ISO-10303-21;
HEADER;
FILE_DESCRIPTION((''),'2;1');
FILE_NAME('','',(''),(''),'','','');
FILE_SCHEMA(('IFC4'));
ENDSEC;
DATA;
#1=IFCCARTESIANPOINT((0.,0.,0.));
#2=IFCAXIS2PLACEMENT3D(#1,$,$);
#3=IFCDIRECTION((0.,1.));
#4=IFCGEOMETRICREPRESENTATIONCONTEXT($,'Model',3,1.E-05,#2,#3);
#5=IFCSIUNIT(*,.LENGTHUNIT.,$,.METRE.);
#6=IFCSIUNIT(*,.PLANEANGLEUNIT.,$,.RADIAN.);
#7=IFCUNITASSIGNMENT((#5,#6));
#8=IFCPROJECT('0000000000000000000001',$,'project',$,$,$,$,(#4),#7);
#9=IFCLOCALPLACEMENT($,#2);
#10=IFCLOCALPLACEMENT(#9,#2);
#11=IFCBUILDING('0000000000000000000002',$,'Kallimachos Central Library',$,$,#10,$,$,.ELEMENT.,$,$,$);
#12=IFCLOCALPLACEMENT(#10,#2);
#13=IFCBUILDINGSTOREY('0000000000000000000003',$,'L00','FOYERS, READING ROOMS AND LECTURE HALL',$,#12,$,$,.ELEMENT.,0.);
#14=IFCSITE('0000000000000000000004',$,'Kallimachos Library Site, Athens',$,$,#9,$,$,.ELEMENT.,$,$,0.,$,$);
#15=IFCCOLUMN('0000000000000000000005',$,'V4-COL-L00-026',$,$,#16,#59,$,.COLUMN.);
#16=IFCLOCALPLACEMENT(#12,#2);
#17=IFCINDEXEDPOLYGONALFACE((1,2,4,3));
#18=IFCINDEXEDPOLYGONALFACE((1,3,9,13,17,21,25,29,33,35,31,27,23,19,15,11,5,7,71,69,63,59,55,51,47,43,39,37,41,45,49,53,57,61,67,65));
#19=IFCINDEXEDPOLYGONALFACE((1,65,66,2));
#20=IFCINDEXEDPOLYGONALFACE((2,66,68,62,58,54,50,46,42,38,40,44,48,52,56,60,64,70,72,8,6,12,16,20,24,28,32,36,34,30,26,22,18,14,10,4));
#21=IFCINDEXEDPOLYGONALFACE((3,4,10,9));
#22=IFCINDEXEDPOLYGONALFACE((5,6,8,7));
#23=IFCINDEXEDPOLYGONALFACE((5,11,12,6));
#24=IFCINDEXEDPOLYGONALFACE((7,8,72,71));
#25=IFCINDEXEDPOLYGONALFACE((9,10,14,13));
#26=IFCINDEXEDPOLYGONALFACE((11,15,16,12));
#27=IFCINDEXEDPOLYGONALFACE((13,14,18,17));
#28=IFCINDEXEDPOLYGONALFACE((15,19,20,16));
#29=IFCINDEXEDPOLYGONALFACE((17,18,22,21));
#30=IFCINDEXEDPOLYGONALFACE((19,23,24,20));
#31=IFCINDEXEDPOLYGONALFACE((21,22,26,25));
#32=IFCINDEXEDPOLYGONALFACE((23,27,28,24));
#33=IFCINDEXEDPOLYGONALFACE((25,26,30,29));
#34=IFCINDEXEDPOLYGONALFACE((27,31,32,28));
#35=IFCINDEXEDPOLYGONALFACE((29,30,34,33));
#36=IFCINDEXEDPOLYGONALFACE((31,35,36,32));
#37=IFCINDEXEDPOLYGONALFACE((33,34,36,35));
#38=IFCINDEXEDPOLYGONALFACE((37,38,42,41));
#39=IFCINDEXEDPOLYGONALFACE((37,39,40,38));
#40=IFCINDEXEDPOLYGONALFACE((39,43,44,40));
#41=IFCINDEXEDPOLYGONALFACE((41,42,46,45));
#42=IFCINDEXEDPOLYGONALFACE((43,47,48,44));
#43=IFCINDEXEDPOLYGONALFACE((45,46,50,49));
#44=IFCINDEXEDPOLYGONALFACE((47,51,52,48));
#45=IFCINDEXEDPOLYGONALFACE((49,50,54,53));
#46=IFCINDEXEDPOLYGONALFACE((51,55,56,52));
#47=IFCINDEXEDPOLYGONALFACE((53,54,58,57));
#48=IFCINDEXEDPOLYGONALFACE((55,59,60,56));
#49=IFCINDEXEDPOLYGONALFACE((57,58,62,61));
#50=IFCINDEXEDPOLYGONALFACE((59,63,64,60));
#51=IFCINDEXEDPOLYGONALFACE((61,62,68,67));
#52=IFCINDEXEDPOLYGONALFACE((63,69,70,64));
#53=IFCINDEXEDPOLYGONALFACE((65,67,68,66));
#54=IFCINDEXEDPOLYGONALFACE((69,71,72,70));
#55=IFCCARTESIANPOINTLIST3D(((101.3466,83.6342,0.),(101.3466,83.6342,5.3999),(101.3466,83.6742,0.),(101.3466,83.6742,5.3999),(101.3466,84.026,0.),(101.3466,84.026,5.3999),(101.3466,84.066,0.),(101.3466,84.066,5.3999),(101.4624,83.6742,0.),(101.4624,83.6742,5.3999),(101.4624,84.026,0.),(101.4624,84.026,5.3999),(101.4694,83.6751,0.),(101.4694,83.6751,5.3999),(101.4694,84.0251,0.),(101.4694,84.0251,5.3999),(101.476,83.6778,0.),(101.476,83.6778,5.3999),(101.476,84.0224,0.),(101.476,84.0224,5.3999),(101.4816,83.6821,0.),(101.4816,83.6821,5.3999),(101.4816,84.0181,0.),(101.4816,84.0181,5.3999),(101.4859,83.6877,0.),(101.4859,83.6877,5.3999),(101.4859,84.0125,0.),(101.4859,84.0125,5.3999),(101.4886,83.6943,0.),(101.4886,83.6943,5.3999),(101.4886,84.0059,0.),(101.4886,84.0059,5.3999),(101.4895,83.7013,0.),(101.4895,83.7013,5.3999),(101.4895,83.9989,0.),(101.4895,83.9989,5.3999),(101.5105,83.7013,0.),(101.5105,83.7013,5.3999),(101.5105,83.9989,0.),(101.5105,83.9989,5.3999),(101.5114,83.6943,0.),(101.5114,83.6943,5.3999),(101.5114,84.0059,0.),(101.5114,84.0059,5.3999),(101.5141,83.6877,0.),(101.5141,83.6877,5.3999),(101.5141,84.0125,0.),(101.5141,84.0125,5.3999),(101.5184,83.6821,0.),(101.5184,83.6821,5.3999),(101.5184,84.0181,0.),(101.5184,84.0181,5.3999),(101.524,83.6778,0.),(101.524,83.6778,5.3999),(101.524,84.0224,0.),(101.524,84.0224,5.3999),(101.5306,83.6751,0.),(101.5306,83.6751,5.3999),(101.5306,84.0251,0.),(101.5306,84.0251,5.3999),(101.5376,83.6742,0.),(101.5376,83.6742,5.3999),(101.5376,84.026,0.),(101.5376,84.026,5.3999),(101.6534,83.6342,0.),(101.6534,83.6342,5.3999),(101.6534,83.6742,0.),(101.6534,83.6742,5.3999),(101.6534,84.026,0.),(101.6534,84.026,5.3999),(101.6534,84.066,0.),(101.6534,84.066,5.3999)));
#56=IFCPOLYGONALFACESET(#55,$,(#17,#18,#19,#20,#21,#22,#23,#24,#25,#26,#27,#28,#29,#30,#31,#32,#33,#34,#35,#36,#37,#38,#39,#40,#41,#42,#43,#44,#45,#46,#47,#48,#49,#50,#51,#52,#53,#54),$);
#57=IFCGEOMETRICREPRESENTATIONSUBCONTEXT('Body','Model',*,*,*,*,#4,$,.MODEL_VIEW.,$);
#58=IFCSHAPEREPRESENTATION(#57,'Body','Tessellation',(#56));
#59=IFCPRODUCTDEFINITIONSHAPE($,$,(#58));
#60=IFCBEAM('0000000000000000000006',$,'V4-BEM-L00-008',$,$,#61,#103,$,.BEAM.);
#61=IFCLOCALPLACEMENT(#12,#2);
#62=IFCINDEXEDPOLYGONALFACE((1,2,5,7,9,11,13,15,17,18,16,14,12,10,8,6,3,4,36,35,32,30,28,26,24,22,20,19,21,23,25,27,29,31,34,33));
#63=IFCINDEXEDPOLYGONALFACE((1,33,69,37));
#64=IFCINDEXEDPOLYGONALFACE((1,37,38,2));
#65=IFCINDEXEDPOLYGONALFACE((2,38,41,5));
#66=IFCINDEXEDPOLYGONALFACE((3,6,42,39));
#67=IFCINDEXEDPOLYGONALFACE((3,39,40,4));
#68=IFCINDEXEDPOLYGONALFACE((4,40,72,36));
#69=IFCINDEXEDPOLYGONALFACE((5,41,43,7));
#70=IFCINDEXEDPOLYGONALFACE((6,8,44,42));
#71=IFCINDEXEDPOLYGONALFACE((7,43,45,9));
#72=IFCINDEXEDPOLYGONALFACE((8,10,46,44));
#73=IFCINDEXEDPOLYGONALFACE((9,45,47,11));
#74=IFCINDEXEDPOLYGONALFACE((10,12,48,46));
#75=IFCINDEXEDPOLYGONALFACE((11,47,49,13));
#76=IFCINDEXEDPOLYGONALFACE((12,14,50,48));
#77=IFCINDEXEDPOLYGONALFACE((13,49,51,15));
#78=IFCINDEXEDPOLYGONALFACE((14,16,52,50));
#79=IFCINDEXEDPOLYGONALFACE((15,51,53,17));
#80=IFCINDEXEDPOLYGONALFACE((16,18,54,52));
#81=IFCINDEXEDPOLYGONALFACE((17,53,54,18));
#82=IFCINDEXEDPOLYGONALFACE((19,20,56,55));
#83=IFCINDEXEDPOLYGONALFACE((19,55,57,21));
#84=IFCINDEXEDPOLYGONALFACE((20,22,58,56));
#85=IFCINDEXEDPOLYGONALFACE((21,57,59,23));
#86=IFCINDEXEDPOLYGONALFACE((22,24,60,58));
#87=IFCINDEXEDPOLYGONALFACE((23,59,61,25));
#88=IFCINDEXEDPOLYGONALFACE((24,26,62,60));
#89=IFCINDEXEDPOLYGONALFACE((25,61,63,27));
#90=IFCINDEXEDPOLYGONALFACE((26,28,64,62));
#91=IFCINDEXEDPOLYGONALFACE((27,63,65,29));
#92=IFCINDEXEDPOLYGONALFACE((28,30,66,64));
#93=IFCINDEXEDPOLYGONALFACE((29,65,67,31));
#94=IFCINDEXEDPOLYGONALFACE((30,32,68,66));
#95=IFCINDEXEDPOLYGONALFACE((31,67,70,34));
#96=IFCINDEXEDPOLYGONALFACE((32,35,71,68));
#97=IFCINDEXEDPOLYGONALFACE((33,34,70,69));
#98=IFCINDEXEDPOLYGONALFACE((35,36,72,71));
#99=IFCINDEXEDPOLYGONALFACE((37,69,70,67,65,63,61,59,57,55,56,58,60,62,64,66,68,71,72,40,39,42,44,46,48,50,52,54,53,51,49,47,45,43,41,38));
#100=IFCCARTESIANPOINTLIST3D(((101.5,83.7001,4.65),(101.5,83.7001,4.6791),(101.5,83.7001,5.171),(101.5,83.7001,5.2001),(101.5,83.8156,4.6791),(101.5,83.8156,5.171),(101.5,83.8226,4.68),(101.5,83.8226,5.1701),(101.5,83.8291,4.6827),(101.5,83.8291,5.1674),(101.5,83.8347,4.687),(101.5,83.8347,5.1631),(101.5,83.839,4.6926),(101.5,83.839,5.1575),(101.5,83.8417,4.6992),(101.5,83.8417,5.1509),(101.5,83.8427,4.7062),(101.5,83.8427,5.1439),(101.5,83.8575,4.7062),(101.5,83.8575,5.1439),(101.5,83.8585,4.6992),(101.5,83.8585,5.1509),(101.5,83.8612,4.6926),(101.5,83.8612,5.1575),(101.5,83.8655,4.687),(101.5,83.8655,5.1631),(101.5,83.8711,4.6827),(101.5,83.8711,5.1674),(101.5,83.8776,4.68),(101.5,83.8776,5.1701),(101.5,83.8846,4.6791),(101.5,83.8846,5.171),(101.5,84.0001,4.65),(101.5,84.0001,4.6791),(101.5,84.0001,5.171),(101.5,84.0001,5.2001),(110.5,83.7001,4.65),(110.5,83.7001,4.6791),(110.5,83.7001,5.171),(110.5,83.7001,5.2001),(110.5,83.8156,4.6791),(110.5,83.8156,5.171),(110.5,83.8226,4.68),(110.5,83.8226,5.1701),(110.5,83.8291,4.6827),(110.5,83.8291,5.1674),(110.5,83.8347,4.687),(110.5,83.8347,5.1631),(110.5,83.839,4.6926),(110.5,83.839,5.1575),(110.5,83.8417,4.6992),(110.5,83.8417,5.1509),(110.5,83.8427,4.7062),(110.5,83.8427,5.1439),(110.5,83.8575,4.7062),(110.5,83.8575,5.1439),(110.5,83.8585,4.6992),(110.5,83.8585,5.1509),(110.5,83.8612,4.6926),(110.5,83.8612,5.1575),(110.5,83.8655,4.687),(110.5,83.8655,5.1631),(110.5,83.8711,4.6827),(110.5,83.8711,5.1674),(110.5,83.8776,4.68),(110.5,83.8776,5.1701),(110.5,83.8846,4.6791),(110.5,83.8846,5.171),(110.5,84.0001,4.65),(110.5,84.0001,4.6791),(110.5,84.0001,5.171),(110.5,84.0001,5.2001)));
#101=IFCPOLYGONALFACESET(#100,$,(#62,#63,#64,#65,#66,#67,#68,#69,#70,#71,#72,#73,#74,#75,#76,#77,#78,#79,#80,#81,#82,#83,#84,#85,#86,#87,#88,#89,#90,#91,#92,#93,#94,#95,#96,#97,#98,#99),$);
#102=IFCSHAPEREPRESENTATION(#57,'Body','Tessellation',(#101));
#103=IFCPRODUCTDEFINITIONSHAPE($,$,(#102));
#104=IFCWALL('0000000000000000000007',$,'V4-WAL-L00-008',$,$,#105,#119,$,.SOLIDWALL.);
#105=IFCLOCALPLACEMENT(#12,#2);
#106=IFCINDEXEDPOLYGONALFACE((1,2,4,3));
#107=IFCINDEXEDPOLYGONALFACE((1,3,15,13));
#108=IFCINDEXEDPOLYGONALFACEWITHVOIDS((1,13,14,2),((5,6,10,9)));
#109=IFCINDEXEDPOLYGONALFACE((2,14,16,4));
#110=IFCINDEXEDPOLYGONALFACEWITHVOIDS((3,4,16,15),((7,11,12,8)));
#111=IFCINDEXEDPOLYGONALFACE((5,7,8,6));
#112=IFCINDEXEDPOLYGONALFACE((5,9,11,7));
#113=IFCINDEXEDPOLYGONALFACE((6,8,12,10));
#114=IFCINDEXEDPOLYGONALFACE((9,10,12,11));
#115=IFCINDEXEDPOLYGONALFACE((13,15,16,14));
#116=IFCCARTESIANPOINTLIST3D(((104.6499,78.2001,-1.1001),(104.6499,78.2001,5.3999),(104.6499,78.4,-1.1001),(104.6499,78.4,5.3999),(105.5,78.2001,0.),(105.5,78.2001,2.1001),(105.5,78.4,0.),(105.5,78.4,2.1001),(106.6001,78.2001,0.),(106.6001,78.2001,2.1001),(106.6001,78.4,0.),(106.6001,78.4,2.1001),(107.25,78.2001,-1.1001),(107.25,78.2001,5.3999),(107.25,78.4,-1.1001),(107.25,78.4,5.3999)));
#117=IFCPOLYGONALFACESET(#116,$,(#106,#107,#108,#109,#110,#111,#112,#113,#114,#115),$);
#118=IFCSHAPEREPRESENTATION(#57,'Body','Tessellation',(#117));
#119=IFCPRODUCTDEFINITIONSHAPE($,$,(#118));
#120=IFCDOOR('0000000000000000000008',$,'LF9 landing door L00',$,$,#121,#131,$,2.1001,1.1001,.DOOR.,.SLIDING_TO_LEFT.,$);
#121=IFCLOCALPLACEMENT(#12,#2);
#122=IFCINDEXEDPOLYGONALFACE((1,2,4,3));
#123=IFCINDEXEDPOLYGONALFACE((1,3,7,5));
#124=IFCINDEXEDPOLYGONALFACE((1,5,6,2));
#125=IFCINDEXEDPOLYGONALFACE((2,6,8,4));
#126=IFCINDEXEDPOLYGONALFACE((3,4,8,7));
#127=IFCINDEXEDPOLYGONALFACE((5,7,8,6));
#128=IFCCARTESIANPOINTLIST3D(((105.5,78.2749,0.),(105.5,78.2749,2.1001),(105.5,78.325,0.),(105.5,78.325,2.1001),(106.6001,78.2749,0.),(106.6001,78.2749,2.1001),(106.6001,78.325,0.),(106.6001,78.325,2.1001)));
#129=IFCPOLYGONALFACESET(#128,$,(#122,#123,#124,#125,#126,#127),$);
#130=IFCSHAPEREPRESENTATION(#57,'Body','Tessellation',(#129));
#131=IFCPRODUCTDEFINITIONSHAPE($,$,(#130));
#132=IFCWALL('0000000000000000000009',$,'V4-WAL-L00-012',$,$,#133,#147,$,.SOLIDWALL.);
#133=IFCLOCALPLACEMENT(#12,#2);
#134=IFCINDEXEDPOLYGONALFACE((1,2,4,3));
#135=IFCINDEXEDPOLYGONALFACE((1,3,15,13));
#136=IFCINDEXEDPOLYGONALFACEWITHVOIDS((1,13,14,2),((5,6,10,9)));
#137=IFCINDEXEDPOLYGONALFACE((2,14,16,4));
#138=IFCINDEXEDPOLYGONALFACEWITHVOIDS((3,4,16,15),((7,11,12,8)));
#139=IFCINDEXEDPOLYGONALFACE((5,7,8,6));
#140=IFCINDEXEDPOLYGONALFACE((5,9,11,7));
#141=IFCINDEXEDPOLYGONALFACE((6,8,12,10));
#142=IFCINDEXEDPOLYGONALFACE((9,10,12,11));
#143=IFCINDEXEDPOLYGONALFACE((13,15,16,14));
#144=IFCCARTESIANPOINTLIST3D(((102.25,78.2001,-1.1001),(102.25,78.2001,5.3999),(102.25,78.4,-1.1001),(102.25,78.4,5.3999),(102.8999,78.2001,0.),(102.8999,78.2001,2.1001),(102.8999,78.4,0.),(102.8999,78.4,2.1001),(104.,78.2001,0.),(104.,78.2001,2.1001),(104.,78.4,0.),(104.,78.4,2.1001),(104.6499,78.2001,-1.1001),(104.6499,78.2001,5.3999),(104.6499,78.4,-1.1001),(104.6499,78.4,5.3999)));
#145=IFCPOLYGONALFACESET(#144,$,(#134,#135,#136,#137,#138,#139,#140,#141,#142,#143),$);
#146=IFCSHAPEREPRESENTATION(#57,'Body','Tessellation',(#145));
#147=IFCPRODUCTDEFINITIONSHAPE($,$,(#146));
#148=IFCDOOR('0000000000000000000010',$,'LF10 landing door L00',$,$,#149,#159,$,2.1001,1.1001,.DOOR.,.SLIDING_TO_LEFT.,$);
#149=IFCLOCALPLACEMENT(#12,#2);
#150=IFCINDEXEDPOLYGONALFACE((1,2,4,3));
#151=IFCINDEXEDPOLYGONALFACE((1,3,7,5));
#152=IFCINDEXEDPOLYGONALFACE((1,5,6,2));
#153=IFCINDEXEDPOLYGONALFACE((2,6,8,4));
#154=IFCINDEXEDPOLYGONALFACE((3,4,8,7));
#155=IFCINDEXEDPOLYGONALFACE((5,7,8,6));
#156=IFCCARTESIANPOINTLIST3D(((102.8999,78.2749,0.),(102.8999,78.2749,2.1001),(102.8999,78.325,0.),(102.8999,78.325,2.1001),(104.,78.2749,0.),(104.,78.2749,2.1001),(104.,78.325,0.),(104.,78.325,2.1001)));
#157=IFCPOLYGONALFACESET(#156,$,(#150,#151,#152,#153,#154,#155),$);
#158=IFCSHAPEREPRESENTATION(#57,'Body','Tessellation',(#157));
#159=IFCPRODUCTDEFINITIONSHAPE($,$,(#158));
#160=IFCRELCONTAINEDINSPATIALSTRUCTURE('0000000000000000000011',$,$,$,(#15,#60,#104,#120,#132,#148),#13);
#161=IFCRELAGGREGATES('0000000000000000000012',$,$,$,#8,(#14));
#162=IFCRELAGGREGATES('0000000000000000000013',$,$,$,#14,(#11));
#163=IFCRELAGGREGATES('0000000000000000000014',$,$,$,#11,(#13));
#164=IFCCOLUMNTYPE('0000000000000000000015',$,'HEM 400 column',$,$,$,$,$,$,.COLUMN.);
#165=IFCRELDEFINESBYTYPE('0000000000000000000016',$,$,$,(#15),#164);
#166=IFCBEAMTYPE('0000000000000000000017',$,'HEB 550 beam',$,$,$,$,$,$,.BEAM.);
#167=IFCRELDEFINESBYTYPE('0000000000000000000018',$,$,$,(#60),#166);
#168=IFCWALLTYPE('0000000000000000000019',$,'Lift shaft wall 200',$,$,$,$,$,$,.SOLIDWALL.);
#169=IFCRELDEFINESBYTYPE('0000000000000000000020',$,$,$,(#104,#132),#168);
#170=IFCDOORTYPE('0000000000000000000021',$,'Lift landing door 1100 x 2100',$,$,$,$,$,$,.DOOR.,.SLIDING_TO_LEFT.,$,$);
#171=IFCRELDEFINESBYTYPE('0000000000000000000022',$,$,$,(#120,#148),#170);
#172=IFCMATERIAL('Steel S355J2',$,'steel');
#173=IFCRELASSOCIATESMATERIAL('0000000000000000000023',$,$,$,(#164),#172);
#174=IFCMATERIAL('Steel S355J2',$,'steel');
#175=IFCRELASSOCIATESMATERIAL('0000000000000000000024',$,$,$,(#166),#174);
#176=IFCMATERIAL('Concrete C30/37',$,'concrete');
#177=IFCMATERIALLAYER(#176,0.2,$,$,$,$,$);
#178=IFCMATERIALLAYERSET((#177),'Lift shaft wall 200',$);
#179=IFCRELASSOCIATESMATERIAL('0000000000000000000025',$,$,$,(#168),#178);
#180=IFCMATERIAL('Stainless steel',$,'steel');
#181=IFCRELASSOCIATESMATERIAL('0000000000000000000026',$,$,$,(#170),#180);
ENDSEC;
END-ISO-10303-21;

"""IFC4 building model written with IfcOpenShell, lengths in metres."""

from ifc_helpers import new_model, si_unit, direction, frame, frame_2d, origin, origin_2d, place, context, subcontext, project, spatial, rectangle, i_section, extrude, material, layer, layer_set, material_profile, profile_set, type_object, element, fill, save


model = new_model("IFC4")

# Units and contexts
model_context = context("Model", 3, precision=1e-05, world=origin(), true_north=direction((0.0, 1.0)))
body_context = subcontext(model_context, "Body", "Model", "MODEL_VIEW")
ifc_project = project(units=[si_unit("LENGTHUNIT", "METRE"), si_unit("PLANEANGLEUNIT", "RADIAN")], contexts=[model_context])

# Site, building, storey
site_placement = place(None, origin())
site = spatial("IfcSite", under=ifc_project, at=site_placement, Name="Kallimachos Library Site, Athens", CompositionType="ELEMENT", RefElevation=0.0)
building_placement = place(site_placement, origin())
building = spatial("IfcBuilding", under=site, at=building_placement, Name="Kallimachos Central Library", CompositionType="ELEMENT")
storey_placement = place(building_placement, origin())
storey = spatial("IfcBuildingStorey", under=building, at=storey_placement, Name="L00", Description="FOYERS, READING ROOMS AND LECTURE HALL", CompositionType="ELEMENT", Elevation=0.0)

# Column
ifc_material_1 = material(Name="Steel S355J2", Category="steel")
ifc_material_profile_1 = material_profile(ifc_material_1, i_section(OverallWidth=0.3069, OverallDepth=0.4319, WebThickness=0.021, FlangeThickness=0.04, FilletRadius=0.0271, at=origin_2d()), Name="HEM 400")
ifc_profile_set_1 = profile_set([ifc_material_profile_1], Name="Steel S355J2")
column_type = type_object("IfcColumnType", Name="HEM 400 column", PredefinedType="COLUMN", material=ifc_profile_set_1)
column_placement = place(storey_placement, frame((101.5, 83.8501, 0.0), z_axis=(0.0, 0.0, 1.0), x_axis=(1.0, 0.0, 0.0)))
element("IfcColumn", 1, at=column_placement, inside=storey, type_object=column_type, Name="V4-COL-L00-026", PredefinedType="COLUMN", context=body_context, shape_type="SweptSolid", body=[
    extrude(i_section(OverallWidth=0.3069, OverallDepth=0.4319, WebThickness=0.021, FlangeThickness=0.04, FilletRadius=0.0271, at=origin_2d()), origin(), (0.0, 0.0, 1.0), 5.3999),
])

# Beam
ifc_material_2 = material(Name="Steel S355J2", Category="steel")
ifc_material_profile_2 = material_profile(ifc_material_2, i_section(OverallWidth=0.3, OverallDepth=0.55, WebThickness=0.0149, FlangeThickness=0.0291, FilletRadius=0.0271, at=origin_2d()), Name="HEB 550")
ifc_profile_set_2 = profile_set([ifc_material_profile_2], Name="Steel S355J2")
beam_type = type_object("IfcBeamType", Name="HEB 550 beam", PredefinedType="BEAM", material=ifc_profile_set_2)
beam_placement = place(storey_placement, frame((101.5, 83.8501, 4.925), z_axis=(1.0, 0.0, 0.0), x_axis=(0.0, 1.0, 0.0)))
element("IfcBeam", 2, at=beam_placement, inside=storey, type_object=beam_type, Name="V4-BEM-L00-008", PredefinedType="BEAM", context=body_context, shape_type="SweptSolid", body=[
    extrude(i_section(OverallWidth=0.3, OverallDepth=0.55, WebThickness=0.0149, FlangeThickness=0.0291, FilletRadius=0.0271, at=origin_2d()), origin(), (0.0, 0.0, 1.0), 9.0),
])

# Walls, openings, doors
ifc_material_3 = material(Name="Concrete C30/37", Category="concrete")
ifc_layer_1 = layer(ifc_material_3, 0.2)
ifc_layer_set_1 = layer_set([ifc_layer_1], Name="Lift shaft wall 200")
wall_type_1 = type_object("IfcWallType", Name="Lift shaft wall 200", PredefinedType="SOLIDWALL", material=ifc_layer_set_1)
wall_1_placement = place(storey_placement, frame((104.6499, 78.3, -1.1001), z_axis=(0.0, 0.0, 1.0), x_axis=(1.0, 0.0, 0.0)))
wall_1 = element("IfcWall", 3, at=wall_1_placement, inside=storey, type_object=wall_type_1, Name="V4-WAL-L00-008", PredefinedType="SOLIDWALL", context=body_context, shape_type="SweptSolid", body=[
    extrude(rectangle(XDim=2.6001, YDim=0.2, at=frame_2d((1.3, 0.0))), origin(), (0.0, 0.0, 1.0), 6.5),
])
opening_1_placement = place(wall_1_placement, frame((0.8501, 0.0, 1.1001)))
opening_1 = element("IfcOpeningElement", 4, at=opening_1_placement, cuts=wall_1, PredefinedType="OPENING", context=body_context, shape_type="SweptSolid", body=[
    extrude(rectangle(XDim=1.1001, YDim=2.1001, at=frame_2d((0.55, 1.05))), frame((0.0, 0.1099, 0.0), z_axis=(0.0, -1.0, 0.0), x_axis=(1.0, 0.0, 0.0)), (0.0, 0.0, 1.0), 0.22),
])
ifc_material_4 = material(Name="Stainless steel", Category="steel")
door_type_1 = type_object("IfcDoorType", Name="Lift landing door 1100 x 2100", OperationType="SLIDING_TO_LEFT", PredefinedType="DOOR", material=ifc_material_4)
door_1_placement = place(opening_1_placement, origin())
door_1 = element("IfcDoor", 5, at=door_1_placement, inside=storey, type_object=door_type_1, Name="LF9 landing door L00", OperationType="SLIDING_TO_LEFT", OverallHeight=2.1001, OverallWidth=1.1001, PredefinedType="DOOR", context=body_context, shape_type="SweptSolid", body=[
    extrude(rectangle(XDim=1.1001, YDim=2.1001, at=frame_2d((0.55, 1.05))), frame((0.0, 0.0249, 0.0), z_axis=(0.0, -1.0, 0.0), x_axis=(1.0, 0.0, 0.0)), (0.0, 0.0, 1.0), 0.05),
])
fill(opening_1, door_1)
wall_2_placement = place(storey_placement, frame((102.25, 78.3, -1.1001), z_axis=(0.0, 0.0, 1.0), x_axis=(1.0, 0.0, 0.0)))
wall_2 = element("IfcWall", 6, at=wall_2_placement, inside=storey, type_object=wall_type_1, Name="V4-WAL-L00-012", PredefinedType="SOLIDWALL", context=body_context, shape_type="SweptSolid", body=[
    extrude(rectangle(XDim=2.3999, YDim=0.2, at=frame_2d((1.2, 0.0))), origin(), (0.0, 0.0, 1.0), 6.5),
])
opening_2_placement = place(wall_2_placement, frame((0.6499, 0.0, 1.1001)))
opening_2 = element("IfcOpeningElement", 7, at=opening_2_placement, cuts=wall_2, PredefinedType="OPENING", context=body_context, shape_type="SweptSolid", body=[
    extrude(rectangle(XDim=1.1001, YDim=2.1001, at=frame_2d((0.55, 1.05))), frame((0.0, 0.1099, 0.0), z_axis=(0.0, -1.0, 0.0), x_axis=(1.0, 0.0, 0.0)), (0.0, 0.0, 1.0), 0.22),
])
door_2_placement = place(opening_2_placement, origin())
door_2 = element("IfcDoor", 8, at=door_2_placement, inside=storey, type_object=door_type_1, Name="LF10 landing door L00", OperationType="SLIDING_TO_LEFT", OverallHeight=2.1001, OverallWidth=1.1001, PredefinedType="DOOR", context=body_context, shape_type="SweptSolid", body=[
    extrude(rectangle(XDim=1.1001, YDim=2.1001, at=frame_2d((0.55, 1.05))), frame((0.0, 0.0249, 0.0), z_axis=(0.0, -1.0, 0.0), x_axis=(1.0, 0.0, 0.0)), (0.0, 0.0, 1.0), 0.05),
])
fill(opening_2, door_2)

save(model, "model.ifc")
